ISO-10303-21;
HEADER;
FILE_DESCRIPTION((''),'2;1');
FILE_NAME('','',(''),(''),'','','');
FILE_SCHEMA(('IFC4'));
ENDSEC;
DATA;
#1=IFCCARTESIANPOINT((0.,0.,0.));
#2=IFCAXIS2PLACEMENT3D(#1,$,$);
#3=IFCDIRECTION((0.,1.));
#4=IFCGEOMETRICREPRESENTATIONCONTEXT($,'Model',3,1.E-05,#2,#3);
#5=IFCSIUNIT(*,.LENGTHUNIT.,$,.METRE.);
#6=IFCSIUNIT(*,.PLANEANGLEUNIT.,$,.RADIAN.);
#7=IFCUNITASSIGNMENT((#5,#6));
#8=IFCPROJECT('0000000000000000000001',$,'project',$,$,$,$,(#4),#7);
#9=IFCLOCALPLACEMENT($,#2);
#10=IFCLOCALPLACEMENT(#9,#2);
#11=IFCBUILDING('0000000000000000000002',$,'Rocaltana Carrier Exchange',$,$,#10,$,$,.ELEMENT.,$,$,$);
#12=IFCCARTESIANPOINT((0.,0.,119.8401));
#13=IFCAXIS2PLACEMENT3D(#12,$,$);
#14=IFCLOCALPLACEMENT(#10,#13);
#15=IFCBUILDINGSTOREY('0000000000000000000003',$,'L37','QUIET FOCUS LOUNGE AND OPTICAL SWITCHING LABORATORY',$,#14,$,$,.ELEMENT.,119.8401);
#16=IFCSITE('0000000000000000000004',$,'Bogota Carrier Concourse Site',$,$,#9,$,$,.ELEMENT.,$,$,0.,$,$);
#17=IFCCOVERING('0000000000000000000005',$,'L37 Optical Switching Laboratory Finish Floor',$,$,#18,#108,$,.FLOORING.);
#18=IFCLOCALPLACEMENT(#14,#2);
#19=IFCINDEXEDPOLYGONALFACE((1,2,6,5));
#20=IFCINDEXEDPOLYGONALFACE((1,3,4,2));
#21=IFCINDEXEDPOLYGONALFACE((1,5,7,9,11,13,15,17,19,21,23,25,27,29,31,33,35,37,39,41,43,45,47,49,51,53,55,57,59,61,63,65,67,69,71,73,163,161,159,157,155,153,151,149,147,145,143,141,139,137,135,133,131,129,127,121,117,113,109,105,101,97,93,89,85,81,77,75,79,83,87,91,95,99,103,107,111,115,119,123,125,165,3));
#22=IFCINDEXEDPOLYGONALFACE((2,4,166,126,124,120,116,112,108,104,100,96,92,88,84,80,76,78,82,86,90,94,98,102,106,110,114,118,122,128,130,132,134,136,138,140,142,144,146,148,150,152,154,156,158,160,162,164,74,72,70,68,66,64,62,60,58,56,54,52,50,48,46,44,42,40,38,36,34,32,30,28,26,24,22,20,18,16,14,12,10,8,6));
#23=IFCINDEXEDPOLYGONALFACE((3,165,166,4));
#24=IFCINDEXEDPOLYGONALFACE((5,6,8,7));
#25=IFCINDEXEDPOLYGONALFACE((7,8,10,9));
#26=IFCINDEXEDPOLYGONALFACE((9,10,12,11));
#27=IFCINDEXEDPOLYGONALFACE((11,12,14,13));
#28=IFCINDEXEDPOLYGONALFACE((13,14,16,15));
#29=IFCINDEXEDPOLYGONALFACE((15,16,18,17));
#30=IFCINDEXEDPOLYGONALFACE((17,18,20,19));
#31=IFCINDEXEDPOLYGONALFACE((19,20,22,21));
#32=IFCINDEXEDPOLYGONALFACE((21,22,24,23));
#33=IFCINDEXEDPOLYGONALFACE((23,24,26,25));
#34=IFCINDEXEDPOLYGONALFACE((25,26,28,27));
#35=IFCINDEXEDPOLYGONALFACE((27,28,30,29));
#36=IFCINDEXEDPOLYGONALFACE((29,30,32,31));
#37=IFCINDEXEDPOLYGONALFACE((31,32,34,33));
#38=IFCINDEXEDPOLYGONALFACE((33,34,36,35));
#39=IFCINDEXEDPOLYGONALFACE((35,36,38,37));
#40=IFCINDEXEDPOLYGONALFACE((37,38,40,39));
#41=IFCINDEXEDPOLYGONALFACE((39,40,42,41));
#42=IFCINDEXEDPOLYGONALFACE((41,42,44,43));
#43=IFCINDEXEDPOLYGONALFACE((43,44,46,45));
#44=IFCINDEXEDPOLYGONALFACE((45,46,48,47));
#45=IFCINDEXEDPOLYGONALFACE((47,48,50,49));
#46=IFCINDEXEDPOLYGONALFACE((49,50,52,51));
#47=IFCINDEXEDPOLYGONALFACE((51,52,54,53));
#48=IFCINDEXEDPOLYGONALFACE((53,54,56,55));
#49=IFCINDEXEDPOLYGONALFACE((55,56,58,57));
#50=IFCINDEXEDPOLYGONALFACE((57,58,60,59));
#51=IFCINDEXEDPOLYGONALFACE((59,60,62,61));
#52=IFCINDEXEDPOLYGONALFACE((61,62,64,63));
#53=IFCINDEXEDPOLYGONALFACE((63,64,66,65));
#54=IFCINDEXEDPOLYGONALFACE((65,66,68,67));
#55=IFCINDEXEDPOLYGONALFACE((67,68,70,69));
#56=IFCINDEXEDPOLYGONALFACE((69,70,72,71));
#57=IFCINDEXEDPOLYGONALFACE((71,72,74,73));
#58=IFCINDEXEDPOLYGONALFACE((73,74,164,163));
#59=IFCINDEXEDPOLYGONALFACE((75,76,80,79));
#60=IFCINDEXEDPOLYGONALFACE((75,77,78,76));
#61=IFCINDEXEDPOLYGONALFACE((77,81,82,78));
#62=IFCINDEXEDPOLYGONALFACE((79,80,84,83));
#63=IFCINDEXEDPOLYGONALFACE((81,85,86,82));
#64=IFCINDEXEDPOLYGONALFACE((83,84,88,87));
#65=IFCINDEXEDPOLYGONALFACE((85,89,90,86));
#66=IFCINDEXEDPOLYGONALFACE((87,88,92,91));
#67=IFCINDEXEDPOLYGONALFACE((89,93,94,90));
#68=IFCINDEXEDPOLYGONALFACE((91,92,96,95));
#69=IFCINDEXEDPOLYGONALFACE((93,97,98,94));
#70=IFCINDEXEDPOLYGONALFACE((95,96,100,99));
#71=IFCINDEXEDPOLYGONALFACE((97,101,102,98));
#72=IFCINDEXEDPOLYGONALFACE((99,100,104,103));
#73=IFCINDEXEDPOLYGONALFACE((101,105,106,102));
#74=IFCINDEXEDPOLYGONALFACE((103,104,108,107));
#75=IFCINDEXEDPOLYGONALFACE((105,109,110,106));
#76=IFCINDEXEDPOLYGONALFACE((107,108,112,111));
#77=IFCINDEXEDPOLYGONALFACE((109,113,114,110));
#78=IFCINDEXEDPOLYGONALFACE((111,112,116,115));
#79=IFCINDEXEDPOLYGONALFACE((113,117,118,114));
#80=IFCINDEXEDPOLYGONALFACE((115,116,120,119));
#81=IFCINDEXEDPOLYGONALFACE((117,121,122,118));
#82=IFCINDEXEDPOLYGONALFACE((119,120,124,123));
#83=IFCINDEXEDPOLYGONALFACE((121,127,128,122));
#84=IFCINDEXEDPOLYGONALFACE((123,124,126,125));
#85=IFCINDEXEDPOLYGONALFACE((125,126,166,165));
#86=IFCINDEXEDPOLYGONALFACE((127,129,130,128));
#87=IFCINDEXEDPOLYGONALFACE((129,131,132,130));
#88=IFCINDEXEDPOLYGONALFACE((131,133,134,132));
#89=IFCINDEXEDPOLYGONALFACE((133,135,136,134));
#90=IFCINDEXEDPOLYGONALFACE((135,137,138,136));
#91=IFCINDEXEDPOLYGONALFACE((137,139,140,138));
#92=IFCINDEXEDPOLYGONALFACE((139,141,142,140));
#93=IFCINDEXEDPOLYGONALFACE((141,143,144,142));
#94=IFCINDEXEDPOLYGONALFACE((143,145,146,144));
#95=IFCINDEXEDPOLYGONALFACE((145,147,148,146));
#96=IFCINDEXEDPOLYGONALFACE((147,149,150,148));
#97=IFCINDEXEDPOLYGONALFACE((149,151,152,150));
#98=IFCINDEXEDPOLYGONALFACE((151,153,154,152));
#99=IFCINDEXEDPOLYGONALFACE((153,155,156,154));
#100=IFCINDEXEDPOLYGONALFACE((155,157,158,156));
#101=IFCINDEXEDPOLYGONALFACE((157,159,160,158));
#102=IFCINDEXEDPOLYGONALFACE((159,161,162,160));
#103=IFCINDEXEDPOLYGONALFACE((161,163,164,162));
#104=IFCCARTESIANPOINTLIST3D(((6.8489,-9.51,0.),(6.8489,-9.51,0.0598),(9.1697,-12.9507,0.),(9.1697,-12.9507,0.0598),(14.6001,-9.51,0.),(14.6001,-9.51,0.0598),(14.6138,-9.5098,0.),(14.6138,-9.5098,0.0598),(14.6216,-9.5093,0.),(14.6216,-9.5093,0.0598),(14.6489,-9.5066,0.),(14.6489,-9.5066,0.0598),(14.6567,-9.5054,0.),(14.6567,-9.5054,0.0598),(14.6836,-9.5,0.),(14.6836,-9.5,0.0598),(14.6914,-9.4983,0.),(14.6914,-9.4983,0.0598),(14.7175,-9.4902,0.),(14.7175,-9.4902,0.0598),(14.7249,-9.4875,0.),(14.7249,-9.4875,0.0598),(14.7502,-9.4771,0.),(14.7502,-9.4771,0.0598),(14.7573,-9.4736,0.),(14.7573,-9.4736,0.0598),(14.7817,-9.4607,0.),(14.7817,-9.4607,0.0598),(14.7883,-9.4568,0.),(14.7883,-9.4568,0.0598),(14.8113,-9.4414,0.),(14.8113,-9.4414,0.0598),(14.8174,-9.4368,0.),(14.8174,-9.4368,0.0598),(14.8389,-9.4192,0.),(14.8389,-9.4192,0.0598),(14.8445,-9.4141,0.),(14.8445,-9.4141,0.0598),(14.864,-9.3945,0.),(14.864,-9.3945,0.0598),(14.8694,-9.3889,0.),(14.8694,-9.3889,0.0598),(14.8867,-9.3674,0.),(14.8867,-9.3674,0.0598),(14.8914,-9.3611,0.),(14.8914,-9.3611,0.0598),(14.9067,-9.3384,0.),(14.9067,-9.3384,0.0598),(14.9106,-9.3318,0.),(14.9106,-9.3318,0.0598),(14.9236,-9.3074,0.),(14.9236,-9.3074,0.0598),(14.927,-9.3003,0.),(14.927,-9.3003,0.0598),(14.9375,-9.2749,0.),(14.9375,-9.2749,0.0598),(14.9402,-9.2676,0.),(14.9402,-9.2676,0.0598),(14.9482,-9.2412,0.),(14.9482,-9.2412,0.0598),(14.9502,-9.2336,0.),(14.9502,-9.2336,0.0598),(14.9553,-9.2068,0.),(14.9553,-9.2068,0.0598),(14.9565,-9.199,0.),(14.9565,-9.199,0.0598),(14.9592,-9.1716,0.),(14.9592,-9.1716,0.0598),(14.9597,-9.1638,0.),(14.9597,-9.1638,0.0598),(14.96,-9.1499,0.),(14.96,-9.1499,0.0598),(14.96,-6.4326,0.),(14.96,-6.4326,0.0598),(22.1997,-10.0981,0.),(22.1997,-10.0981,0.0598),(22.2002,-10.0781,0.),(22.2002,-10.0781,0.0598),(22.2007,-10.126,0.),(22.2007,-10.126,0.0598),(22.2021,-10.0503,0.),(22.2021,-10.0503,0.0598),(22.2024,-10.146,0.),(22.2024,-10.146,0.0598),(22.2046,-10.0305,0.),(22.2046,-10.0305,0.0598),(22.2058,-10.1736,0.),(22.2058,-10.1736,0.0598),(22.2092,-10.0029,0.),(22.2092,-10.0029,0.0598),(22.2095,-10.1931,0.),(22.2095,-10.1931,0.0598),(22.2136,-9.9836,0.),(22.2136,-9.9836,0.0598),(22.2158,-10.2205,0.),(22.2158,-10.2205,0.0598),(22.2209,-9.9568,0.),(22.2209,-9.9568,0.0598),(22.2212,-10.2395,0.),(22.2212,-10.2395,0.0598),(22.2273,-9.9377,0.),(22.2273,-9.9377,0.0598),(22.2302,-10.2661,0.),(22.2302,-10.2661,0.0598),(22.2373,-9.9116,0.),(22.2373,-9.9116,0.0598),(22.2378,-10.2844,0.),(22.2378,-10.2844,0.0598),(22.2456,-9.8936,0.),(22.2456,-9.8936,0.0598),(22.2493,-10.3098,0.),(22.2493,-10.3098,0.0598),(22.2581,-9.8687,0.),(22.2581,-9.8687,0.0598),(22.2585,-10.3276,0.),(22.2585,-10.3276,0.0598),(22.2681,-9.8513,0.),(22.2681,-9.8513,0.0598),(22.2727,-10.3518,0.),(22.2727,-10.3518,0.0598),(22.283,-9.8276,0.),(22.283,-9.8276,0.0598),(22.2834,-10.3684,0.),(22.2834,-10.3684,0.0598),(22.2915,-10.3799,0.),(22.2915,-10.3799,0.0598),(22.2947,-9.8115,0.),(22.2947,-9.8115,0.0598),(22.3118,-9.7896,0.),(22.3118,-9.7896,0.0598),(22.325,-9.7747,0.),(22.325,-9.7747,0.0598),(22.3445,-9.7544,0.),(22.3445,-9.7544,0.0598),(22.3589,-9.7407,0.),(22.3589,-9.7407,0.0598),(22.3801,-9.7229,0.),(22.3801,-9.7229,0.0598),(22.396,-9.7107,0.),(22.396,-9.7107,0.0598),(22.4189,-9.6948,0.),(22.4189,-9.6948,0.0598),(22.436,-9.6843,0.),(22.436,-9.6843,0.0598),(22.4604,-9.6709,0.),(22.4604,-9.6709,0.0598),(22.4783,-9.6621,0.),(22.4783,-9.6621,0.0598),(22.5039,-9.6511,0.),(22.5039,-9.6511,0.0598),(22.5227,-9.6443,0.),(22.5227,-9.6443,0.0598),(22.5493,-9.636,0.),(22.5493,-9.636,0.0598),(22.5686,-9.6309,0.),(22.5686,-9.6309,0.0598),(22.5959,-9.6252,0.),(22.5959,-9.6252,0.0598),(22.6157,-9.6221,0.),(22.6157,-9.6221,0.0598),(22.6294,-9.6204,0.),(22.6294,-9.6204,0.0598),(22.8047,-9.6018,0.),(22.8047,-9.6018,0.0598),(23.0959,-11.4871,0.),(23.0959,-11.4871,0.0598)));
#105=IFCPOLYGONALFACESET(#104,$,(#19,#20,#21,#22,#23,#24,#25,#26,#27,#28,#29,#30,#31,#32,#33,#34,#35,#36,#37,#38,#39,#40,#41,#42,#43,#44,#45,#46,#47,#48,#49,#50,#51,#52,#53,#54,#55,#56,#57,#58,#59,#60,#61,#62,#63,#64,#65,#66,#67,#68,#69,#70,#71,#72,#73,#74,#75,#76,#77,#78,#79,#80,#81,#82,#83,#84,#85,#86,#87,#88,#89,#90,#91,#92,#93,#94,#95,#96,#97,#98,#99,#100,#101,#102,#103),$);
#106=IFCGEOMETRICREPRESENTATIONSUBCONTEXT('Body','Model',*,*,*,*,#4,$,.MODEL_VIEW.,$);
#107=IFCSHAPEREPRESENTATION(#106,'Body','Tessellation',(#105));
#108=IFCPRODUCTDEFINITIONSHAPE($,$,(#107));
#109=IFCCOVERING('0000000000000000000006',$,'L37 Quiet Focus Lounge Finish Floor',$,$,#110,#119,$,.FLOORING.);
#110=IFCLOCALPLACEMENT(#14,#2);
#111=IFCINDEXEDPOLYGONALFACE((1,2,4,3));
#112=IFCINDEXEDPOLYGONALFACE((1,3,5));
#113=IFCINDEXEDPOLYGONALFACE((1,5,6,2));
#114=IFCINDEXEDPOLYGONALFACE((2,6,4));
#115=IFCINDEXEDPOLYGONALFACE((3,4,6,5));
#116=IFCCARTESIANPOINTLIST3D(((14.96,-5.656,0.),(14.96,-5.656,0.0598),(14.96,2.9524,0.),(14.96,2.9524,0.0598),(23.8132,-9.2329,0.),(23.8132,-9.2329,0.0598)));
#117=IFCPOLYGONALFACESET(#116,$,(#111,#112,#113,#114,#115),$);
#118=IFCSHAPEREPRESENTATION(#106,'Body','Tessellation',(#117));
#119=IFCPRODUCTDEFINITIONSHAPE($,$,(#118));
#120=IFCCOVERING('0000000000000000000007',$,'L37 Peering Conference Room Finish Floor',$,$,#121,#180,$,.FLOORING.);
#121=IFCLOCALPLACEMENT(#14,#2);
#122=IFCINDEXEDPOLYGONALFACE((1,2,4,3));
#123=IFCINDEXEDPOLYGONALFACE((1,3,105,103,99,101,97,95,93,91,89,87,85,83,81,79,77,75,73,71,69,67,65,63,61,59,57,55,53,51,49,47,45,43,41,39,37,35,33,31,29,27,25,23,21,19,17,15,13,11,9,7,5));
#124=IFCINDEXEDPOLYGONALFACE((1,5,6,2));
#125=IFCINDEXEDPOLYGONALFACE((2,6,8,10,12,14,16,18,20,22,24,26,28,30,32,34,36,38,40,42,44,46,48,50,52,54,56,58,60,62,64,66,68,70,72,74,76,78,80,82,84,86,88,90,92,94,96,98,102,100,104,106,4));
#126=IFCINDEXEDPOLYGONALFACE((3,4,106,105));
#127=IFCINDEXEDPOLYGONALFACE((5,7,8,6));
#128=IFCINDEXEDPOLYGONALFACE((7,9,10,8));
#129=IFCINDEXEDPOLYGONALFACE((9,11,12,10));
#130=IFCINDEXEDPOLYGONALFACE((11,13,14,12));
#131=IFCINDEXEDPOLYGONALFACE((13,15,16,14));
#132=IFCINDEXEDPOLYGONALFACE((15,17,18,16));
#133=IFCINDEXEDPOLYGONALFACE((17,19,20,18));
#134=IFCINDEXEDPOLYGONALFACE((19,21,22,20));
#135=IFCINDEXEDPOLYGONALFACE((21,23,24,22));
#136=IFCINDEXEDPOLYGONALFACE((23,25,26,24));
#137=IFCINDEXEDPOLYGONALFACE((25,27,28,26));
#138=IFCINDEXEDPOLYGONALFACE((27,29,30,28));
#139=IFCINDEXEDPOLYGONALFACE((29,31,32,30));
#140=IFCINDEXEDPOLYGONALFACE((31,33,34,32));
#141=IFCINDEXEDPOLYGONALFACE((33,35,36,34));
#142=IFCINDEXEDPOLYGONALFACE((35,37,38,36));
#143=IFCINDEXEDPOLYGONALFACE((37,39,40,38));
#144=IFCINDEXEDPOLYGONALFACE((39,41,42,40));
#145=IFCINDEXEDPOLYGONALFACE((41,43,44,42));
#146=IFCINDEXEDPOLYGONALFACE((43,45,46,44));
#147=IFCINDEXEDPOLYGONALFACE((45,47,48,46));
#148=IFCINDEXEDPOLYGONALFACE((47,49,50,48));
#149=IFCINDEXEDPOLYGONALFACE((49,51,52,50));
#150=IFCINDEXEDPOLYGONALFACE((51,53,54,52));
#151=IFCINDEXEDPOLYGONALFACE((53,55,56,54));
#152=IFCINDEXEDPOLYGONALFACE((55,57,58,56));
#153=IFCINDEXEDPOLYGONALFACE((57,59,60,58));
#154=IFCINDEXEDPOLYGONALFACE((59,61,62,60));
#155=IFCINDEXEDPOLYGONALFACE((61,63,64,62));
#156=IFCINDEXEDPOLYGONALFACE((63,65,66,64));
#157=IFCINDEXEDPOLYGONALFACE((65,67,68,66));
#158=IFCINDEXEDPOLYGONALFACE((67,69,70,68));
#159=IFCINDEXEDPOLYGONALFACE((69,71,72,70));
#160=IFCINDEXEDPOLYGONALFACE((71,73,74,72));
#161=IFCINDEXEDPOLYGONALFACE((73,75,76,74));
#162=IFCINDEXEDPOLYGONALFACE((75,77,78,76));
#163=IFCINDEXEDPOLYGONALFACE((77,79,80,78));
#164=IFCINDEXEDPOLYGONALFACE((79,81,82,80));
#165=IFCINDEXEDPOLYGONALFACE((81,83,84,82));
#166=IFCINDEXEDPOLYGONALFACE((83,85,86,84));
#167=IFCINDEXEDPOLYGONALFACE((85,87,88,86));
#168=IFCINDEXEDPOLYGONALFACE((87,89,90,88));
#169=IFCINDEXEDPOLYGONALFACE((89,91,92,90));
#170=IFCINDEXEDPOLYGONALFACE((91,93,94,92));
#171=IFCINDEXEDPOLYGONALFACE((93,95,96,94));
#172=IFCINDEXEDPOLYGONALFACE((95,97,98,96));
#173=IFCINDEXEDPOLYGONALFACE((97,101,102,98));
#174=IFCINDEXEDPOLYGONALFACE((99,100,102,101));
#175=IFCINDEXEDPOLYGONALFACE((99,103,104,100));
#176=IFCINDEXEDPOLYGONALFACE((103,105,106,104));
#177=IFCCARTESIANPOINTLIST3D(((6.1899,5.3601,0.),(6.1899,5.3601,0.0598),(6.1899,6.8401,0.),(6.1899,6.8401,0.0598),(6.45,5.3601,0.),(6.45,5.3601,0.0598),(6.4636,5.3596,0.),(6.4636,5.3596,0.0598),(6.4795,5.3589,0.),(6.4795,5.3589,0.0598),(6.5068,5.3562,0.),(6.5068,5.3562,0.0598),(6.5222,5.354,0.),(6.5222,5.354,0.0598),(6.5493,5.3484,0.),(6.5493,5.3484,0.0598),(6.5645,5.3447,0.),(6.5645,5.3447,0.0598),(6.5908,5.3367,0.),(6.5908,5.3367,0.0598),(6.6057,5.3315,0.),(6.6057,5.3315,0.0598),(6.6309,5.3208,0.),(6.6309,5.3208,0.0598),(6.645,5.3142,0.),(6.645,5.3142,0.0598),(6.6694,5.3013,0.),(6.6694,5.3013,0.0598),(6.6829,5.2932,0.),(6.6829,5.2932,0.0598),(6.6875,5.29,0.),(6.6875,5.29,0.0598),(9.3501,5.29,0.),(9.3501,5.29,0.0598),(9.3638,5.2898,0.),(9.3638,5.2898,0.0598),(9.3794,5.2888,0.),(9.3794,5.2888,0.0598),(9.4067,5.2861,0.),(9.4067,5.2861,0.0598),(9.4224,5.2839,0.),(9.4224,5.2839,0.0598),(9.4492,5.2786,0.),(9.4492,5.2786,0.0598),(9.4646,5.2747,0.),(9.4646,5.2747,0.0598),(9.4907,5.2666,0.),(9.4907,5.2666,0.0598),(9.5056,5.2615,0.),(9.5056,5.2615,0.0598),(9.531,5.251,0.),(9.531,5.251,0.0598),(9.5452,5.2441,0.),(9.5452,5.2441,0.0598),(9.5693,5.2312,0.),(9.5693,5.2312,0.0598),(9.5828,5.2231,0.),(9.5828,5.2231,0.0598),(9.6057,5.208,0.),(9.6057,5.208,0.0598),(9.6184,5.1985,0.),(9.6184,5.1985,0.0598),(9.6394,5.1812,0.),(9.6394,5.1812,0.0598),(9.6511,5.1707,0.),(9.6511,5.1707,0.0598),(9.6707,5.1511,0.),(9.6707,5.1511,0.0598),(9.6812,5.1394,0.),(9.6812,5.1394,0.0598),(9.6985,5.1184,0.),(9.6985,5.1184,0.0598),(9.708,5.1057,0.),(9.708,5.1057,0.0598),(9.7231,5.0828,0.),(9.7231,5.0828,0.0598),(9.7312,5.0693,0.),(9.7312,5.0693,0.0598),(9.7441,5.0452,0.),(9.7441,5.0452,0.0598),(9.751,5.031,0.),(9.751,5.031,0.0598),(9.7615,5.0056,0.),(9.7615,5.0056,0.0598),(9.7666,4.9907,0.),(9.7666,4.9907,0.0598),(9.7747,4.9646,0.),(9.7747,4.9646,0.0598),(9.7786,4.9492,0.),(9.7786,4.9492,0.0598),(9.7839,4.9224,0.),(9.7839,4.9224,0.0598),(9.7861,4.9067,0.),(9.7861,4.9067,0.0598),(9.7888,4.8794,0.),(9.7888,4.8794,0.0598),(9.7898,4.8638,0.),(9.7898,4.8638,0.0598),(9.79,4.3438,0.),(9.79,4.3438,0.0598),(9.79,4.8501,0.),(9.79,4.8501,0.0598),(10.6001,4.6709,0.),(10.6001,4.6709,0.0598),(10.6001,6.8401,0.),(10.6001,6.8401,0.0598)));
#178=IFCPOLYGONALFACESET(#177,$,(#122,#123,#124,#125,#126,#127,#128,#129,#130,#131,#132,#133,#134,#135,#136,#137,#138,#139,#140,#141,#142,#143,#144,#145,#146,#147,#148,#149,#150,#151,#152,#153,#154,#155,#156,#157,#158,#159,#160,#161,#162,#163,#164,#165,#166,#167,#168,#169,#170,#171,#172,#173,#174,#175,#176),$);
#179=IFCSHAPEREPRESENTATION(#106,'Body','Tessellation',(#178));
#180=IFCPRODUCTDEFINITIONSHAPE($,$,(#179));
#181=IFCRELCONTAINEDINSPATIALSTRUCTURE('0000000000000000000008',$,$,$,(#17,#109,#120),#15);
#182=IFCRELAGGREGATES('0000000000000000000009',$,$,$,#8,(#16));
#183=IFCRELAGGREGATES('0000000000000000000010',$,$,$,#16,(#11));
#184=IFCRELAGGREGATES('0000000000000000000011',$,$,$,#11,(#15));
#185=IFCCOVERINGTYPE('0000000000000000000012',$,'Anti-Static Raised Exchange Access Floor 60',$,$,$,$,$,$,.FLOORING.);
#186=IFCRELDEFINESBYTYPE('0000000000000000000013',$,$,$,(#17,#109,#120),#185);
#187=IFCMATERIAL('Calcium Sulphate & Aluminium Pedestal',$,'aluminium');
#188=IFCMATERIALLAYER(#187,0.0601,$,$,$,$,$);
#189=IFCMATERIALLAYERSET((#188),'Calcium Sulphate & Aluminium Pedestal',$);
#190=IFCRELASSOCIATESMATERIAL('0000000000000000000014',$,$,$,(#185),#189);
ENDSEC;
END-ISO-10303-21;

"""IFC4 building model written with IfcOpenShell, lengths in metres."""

from ifc_helpers import new_model, si_unit, direction, frame, origin, place, context, subcontext, project, spatial, polyline, outline, extrude, material, layer, layer_set, type_object, element, save


model = new_model("IFC4")

# Units and contexts
model_context = context("Model", 3, precision=1e-05, world=origin(), true_north=direction((0.0, 1.0)))
body_context = subcontext(model_context, "Body", "Model", "MODEL_VIEW")
ifc_project = project(units=[si_unit("LENGTHUNIT", "METRE"), si_unit("PLANEANGLEUNIT", "RADIAN")], contexts=[model_context])

# Site, building, storey
site_placement = place(None, origin())
site = spatial("IfcSite", under=ifc_project, at=site_placement, Name="Bogota Carrier Concourse Site", CompositionType="ELEMENT", RefElevation=0.0)
building_placement = place(site_placement, origin())
building = spatial("IfcBuilding", under=site, at=building_placement, Name="Rocaltana Carrier Exchange", CompositionType="ELEMENT")
storey_placement = place(building_placement, frame((0.0, 0.0, 119.8401)))
storey = spatial("IfcBuildingStorey", under=building, at=storey_placement, Name="L37", Description="QUIET FOCUS LOUNGE AND OPTICAL SWITCHING LABORATORY", CompositionType="ELEMENT", Elevation=119.8401)

# Coverings
ifc_material_1 = material(Name="Calcium Sulphate & Aluminium Pedestal", Category="aluminium")
ifc_layer_1 = layer(ifc_material_1, 0.0601)
ifc_layer_set_1 = layer_set([ifc_layer_1], Name="Calcium Sulphate & Aluminium Pedestal")
covering_type_1 = type_object("IfcCoveringType", Name="Anti-Static Raised Exchange Access Floor 60", PredefinedType="FLOORING", material=ifc_layer_set_1)
covering_1_placement = place(storey_placement, origin())
element("IfcCovering", 1, at=covering_1_placement, inside=storey, type_object=covering_type_1, Name="L37 Optical Switching Laboratory Finish Floor", PredefinedType="FLOORING", context=body_context, shape_type="SweptSolid", body=[
    extrude(outline(polyline([(22.6294, -9.6204), (22.6157, -9.6221), (22.5959, -9.6252), (22.5686, -9.6309), (22.5493, -9.636), (22.5227, -9.6443), (22.5039, -9.6511), (22.4783, -9.6621), (22.4604, -9.6709), (22.436, -9.6843), (22.4189, -9.6948), (22.396, -9.7107), (22.3801, -9.7229), (22.3589, -9.7407), (22.3445, -9.7544), (22.325, -9.7747), (22.3118, -9.7896), (22.2947, -9.8115), (22.283, -9.8276), (22.2681, -9.8513), (22.2581, -9.8687), (22.2456, -9.8936), (22.2373, -9.9116), (22.2273, -9.9377), (22.2209, -9.9568), (22.2136, -9.9836), (22.2092, -10.0029), (22.2046, -10.0305), (22.2021, -10.0503), (22.2002, -10.0781), (22.1997, -10.0981), (22.2007, -10.126), (22.2024, -10.146), (22.2058, -10.1736), (22.2095, -10.1931), (22.2158, -10.2205), (22.2212, -10.2395), (22.2302, -10.2661), (22.2378, -10.2844), (22.2493, -10.3098), (22.2585, -10.3276), (22.2727, -10.3518), (22.2834, -10.3684), (22.2915, -10.3799), (23.0959, -11.4871), (9.1697, -12.9507), (6.8489, -9.51), (14.6001, -9.51), (14.6138, -9.5098), (14.6216, -9.5093), (14.6489, -9.5066), (14.6567, -9.5054), (14.6836, -9.5), (14.6914, -9.4983), (14.7175, -9.4902), (14.7249, -9.4875), (14.7502, -9.4771), (14.7573, -9.4736), (14.7817, -9.4607), (14.7883, -9.4568), (14.8113, -9.4414), (14.8174, -9.4368), (14.8389, -9.4192), (14.8445, -9.4141), (14.864, -9.3945), (14.8694, -9.3889), (14.8867, -9.3674), (14.8914, -9.3611), (14.9067, -9.3384), (14.9106, -9.3318), (14.9236, -9.3074), (14.927, -9.3003), (14.9375, -9.2749), (14.9402, -9.2676), (14.9482, -9.2412), (14.9502, -9.2336), (14.9553, -9.2068), (14.9565, -9.199), (14.9592, -9.1716), (14.9597, -9.1638), (14.96, -9.1499), (14.96, -6.4326), (22.8047, -9.6018), (22.6294, -9.6204)])), origin(), (0.0, 0.0, 1.0), 0.0598),
])
covering_2_placement = place(storey_placement, origin())
element("IfcCovering", 2, at=covering_2_placement, inside=storey, type_object=covering_type_1, Name="L37 Quiet Focus Lounge Finish Floor", PredefinedType="FLOORING", context=body_context, shape_type="SweptSolid", body=[
    extrude(outline(polyline([(14.96, 2.9524), (23.8132, -9.2329), (14.96, -5.656), (14.96, 2.9524)])), origin(), (0.0, 0.0, 1.0), 0.0598),
])
covering_3_placement = place(storey_placement, origin())
element("IfcCovering", 3, at=covering_3_placement, inside=storey, type_object=covering_type_1, Name="L37 Peering Conference Room Finish Floor", PredefinedType="FLOORING", context=body_context, shape_type="SweptSolid", body=[
    extrude(outline(polyline([(6.1899, 6.8401), (10.6001, 6.8401), (10.6001, 4.6709), (9.79, 4.3438), (9.79, 4.8501), (9.7898, 4.8638), (9.7888, 4.8794), (9.7861, 4.9067), (9.7839, 4.9224), (9.7786, 4.9492), (9.7747, 4.9646), (9.7666, 4.9907), (9.7615, 5.0056), (9.751, 5.031), (9.7441, 5.0452), (9.7312, 5.0693), (9.7231, 5.0828), (9.708, 5.1057), (9.6985, 5.1184), (9.6812, 5.1394), (9.6707, 5.1511), (9.6511, 5.1707), (9.6394, 5.1812), (9.6184, 5.1985), (9.6057, 5.208), (9.5828, 5.2231), (9.5693, 5.2312), (9.5452, 5.2441), (9.531, 5.251), (9.5056, 5.2615), (9.4907, 5.2666), (9.4646, 5.2747), (9.4492, 5.2786), (9.4224, 5.2839), (9.4067, 5.2861), (9.3794, 5.2888), (9.3638, 5.2898), (9.3501, 5.29), (6.6875, 5.29), (6.6829, 5.2932), (6.6694, 5.3013), (6.645, 5.3142), (6.6309, 5.3208), (6.6057, 5.3315), (6.5908, 5.3367), (6.5645, 5.3447), (6.5493, 5.3484), (6.5222, 5.354), (6.5068, 5.3562), (6.4795, 5.3589), (6.4636, 5.3596), (6.45, 5.3601), (6.1899, 5.3601), (6.1899, 6.8401)])), origin(), (0.0, 0.0, 1.0), 0.0598),
])

save(model, "model.ifc")
